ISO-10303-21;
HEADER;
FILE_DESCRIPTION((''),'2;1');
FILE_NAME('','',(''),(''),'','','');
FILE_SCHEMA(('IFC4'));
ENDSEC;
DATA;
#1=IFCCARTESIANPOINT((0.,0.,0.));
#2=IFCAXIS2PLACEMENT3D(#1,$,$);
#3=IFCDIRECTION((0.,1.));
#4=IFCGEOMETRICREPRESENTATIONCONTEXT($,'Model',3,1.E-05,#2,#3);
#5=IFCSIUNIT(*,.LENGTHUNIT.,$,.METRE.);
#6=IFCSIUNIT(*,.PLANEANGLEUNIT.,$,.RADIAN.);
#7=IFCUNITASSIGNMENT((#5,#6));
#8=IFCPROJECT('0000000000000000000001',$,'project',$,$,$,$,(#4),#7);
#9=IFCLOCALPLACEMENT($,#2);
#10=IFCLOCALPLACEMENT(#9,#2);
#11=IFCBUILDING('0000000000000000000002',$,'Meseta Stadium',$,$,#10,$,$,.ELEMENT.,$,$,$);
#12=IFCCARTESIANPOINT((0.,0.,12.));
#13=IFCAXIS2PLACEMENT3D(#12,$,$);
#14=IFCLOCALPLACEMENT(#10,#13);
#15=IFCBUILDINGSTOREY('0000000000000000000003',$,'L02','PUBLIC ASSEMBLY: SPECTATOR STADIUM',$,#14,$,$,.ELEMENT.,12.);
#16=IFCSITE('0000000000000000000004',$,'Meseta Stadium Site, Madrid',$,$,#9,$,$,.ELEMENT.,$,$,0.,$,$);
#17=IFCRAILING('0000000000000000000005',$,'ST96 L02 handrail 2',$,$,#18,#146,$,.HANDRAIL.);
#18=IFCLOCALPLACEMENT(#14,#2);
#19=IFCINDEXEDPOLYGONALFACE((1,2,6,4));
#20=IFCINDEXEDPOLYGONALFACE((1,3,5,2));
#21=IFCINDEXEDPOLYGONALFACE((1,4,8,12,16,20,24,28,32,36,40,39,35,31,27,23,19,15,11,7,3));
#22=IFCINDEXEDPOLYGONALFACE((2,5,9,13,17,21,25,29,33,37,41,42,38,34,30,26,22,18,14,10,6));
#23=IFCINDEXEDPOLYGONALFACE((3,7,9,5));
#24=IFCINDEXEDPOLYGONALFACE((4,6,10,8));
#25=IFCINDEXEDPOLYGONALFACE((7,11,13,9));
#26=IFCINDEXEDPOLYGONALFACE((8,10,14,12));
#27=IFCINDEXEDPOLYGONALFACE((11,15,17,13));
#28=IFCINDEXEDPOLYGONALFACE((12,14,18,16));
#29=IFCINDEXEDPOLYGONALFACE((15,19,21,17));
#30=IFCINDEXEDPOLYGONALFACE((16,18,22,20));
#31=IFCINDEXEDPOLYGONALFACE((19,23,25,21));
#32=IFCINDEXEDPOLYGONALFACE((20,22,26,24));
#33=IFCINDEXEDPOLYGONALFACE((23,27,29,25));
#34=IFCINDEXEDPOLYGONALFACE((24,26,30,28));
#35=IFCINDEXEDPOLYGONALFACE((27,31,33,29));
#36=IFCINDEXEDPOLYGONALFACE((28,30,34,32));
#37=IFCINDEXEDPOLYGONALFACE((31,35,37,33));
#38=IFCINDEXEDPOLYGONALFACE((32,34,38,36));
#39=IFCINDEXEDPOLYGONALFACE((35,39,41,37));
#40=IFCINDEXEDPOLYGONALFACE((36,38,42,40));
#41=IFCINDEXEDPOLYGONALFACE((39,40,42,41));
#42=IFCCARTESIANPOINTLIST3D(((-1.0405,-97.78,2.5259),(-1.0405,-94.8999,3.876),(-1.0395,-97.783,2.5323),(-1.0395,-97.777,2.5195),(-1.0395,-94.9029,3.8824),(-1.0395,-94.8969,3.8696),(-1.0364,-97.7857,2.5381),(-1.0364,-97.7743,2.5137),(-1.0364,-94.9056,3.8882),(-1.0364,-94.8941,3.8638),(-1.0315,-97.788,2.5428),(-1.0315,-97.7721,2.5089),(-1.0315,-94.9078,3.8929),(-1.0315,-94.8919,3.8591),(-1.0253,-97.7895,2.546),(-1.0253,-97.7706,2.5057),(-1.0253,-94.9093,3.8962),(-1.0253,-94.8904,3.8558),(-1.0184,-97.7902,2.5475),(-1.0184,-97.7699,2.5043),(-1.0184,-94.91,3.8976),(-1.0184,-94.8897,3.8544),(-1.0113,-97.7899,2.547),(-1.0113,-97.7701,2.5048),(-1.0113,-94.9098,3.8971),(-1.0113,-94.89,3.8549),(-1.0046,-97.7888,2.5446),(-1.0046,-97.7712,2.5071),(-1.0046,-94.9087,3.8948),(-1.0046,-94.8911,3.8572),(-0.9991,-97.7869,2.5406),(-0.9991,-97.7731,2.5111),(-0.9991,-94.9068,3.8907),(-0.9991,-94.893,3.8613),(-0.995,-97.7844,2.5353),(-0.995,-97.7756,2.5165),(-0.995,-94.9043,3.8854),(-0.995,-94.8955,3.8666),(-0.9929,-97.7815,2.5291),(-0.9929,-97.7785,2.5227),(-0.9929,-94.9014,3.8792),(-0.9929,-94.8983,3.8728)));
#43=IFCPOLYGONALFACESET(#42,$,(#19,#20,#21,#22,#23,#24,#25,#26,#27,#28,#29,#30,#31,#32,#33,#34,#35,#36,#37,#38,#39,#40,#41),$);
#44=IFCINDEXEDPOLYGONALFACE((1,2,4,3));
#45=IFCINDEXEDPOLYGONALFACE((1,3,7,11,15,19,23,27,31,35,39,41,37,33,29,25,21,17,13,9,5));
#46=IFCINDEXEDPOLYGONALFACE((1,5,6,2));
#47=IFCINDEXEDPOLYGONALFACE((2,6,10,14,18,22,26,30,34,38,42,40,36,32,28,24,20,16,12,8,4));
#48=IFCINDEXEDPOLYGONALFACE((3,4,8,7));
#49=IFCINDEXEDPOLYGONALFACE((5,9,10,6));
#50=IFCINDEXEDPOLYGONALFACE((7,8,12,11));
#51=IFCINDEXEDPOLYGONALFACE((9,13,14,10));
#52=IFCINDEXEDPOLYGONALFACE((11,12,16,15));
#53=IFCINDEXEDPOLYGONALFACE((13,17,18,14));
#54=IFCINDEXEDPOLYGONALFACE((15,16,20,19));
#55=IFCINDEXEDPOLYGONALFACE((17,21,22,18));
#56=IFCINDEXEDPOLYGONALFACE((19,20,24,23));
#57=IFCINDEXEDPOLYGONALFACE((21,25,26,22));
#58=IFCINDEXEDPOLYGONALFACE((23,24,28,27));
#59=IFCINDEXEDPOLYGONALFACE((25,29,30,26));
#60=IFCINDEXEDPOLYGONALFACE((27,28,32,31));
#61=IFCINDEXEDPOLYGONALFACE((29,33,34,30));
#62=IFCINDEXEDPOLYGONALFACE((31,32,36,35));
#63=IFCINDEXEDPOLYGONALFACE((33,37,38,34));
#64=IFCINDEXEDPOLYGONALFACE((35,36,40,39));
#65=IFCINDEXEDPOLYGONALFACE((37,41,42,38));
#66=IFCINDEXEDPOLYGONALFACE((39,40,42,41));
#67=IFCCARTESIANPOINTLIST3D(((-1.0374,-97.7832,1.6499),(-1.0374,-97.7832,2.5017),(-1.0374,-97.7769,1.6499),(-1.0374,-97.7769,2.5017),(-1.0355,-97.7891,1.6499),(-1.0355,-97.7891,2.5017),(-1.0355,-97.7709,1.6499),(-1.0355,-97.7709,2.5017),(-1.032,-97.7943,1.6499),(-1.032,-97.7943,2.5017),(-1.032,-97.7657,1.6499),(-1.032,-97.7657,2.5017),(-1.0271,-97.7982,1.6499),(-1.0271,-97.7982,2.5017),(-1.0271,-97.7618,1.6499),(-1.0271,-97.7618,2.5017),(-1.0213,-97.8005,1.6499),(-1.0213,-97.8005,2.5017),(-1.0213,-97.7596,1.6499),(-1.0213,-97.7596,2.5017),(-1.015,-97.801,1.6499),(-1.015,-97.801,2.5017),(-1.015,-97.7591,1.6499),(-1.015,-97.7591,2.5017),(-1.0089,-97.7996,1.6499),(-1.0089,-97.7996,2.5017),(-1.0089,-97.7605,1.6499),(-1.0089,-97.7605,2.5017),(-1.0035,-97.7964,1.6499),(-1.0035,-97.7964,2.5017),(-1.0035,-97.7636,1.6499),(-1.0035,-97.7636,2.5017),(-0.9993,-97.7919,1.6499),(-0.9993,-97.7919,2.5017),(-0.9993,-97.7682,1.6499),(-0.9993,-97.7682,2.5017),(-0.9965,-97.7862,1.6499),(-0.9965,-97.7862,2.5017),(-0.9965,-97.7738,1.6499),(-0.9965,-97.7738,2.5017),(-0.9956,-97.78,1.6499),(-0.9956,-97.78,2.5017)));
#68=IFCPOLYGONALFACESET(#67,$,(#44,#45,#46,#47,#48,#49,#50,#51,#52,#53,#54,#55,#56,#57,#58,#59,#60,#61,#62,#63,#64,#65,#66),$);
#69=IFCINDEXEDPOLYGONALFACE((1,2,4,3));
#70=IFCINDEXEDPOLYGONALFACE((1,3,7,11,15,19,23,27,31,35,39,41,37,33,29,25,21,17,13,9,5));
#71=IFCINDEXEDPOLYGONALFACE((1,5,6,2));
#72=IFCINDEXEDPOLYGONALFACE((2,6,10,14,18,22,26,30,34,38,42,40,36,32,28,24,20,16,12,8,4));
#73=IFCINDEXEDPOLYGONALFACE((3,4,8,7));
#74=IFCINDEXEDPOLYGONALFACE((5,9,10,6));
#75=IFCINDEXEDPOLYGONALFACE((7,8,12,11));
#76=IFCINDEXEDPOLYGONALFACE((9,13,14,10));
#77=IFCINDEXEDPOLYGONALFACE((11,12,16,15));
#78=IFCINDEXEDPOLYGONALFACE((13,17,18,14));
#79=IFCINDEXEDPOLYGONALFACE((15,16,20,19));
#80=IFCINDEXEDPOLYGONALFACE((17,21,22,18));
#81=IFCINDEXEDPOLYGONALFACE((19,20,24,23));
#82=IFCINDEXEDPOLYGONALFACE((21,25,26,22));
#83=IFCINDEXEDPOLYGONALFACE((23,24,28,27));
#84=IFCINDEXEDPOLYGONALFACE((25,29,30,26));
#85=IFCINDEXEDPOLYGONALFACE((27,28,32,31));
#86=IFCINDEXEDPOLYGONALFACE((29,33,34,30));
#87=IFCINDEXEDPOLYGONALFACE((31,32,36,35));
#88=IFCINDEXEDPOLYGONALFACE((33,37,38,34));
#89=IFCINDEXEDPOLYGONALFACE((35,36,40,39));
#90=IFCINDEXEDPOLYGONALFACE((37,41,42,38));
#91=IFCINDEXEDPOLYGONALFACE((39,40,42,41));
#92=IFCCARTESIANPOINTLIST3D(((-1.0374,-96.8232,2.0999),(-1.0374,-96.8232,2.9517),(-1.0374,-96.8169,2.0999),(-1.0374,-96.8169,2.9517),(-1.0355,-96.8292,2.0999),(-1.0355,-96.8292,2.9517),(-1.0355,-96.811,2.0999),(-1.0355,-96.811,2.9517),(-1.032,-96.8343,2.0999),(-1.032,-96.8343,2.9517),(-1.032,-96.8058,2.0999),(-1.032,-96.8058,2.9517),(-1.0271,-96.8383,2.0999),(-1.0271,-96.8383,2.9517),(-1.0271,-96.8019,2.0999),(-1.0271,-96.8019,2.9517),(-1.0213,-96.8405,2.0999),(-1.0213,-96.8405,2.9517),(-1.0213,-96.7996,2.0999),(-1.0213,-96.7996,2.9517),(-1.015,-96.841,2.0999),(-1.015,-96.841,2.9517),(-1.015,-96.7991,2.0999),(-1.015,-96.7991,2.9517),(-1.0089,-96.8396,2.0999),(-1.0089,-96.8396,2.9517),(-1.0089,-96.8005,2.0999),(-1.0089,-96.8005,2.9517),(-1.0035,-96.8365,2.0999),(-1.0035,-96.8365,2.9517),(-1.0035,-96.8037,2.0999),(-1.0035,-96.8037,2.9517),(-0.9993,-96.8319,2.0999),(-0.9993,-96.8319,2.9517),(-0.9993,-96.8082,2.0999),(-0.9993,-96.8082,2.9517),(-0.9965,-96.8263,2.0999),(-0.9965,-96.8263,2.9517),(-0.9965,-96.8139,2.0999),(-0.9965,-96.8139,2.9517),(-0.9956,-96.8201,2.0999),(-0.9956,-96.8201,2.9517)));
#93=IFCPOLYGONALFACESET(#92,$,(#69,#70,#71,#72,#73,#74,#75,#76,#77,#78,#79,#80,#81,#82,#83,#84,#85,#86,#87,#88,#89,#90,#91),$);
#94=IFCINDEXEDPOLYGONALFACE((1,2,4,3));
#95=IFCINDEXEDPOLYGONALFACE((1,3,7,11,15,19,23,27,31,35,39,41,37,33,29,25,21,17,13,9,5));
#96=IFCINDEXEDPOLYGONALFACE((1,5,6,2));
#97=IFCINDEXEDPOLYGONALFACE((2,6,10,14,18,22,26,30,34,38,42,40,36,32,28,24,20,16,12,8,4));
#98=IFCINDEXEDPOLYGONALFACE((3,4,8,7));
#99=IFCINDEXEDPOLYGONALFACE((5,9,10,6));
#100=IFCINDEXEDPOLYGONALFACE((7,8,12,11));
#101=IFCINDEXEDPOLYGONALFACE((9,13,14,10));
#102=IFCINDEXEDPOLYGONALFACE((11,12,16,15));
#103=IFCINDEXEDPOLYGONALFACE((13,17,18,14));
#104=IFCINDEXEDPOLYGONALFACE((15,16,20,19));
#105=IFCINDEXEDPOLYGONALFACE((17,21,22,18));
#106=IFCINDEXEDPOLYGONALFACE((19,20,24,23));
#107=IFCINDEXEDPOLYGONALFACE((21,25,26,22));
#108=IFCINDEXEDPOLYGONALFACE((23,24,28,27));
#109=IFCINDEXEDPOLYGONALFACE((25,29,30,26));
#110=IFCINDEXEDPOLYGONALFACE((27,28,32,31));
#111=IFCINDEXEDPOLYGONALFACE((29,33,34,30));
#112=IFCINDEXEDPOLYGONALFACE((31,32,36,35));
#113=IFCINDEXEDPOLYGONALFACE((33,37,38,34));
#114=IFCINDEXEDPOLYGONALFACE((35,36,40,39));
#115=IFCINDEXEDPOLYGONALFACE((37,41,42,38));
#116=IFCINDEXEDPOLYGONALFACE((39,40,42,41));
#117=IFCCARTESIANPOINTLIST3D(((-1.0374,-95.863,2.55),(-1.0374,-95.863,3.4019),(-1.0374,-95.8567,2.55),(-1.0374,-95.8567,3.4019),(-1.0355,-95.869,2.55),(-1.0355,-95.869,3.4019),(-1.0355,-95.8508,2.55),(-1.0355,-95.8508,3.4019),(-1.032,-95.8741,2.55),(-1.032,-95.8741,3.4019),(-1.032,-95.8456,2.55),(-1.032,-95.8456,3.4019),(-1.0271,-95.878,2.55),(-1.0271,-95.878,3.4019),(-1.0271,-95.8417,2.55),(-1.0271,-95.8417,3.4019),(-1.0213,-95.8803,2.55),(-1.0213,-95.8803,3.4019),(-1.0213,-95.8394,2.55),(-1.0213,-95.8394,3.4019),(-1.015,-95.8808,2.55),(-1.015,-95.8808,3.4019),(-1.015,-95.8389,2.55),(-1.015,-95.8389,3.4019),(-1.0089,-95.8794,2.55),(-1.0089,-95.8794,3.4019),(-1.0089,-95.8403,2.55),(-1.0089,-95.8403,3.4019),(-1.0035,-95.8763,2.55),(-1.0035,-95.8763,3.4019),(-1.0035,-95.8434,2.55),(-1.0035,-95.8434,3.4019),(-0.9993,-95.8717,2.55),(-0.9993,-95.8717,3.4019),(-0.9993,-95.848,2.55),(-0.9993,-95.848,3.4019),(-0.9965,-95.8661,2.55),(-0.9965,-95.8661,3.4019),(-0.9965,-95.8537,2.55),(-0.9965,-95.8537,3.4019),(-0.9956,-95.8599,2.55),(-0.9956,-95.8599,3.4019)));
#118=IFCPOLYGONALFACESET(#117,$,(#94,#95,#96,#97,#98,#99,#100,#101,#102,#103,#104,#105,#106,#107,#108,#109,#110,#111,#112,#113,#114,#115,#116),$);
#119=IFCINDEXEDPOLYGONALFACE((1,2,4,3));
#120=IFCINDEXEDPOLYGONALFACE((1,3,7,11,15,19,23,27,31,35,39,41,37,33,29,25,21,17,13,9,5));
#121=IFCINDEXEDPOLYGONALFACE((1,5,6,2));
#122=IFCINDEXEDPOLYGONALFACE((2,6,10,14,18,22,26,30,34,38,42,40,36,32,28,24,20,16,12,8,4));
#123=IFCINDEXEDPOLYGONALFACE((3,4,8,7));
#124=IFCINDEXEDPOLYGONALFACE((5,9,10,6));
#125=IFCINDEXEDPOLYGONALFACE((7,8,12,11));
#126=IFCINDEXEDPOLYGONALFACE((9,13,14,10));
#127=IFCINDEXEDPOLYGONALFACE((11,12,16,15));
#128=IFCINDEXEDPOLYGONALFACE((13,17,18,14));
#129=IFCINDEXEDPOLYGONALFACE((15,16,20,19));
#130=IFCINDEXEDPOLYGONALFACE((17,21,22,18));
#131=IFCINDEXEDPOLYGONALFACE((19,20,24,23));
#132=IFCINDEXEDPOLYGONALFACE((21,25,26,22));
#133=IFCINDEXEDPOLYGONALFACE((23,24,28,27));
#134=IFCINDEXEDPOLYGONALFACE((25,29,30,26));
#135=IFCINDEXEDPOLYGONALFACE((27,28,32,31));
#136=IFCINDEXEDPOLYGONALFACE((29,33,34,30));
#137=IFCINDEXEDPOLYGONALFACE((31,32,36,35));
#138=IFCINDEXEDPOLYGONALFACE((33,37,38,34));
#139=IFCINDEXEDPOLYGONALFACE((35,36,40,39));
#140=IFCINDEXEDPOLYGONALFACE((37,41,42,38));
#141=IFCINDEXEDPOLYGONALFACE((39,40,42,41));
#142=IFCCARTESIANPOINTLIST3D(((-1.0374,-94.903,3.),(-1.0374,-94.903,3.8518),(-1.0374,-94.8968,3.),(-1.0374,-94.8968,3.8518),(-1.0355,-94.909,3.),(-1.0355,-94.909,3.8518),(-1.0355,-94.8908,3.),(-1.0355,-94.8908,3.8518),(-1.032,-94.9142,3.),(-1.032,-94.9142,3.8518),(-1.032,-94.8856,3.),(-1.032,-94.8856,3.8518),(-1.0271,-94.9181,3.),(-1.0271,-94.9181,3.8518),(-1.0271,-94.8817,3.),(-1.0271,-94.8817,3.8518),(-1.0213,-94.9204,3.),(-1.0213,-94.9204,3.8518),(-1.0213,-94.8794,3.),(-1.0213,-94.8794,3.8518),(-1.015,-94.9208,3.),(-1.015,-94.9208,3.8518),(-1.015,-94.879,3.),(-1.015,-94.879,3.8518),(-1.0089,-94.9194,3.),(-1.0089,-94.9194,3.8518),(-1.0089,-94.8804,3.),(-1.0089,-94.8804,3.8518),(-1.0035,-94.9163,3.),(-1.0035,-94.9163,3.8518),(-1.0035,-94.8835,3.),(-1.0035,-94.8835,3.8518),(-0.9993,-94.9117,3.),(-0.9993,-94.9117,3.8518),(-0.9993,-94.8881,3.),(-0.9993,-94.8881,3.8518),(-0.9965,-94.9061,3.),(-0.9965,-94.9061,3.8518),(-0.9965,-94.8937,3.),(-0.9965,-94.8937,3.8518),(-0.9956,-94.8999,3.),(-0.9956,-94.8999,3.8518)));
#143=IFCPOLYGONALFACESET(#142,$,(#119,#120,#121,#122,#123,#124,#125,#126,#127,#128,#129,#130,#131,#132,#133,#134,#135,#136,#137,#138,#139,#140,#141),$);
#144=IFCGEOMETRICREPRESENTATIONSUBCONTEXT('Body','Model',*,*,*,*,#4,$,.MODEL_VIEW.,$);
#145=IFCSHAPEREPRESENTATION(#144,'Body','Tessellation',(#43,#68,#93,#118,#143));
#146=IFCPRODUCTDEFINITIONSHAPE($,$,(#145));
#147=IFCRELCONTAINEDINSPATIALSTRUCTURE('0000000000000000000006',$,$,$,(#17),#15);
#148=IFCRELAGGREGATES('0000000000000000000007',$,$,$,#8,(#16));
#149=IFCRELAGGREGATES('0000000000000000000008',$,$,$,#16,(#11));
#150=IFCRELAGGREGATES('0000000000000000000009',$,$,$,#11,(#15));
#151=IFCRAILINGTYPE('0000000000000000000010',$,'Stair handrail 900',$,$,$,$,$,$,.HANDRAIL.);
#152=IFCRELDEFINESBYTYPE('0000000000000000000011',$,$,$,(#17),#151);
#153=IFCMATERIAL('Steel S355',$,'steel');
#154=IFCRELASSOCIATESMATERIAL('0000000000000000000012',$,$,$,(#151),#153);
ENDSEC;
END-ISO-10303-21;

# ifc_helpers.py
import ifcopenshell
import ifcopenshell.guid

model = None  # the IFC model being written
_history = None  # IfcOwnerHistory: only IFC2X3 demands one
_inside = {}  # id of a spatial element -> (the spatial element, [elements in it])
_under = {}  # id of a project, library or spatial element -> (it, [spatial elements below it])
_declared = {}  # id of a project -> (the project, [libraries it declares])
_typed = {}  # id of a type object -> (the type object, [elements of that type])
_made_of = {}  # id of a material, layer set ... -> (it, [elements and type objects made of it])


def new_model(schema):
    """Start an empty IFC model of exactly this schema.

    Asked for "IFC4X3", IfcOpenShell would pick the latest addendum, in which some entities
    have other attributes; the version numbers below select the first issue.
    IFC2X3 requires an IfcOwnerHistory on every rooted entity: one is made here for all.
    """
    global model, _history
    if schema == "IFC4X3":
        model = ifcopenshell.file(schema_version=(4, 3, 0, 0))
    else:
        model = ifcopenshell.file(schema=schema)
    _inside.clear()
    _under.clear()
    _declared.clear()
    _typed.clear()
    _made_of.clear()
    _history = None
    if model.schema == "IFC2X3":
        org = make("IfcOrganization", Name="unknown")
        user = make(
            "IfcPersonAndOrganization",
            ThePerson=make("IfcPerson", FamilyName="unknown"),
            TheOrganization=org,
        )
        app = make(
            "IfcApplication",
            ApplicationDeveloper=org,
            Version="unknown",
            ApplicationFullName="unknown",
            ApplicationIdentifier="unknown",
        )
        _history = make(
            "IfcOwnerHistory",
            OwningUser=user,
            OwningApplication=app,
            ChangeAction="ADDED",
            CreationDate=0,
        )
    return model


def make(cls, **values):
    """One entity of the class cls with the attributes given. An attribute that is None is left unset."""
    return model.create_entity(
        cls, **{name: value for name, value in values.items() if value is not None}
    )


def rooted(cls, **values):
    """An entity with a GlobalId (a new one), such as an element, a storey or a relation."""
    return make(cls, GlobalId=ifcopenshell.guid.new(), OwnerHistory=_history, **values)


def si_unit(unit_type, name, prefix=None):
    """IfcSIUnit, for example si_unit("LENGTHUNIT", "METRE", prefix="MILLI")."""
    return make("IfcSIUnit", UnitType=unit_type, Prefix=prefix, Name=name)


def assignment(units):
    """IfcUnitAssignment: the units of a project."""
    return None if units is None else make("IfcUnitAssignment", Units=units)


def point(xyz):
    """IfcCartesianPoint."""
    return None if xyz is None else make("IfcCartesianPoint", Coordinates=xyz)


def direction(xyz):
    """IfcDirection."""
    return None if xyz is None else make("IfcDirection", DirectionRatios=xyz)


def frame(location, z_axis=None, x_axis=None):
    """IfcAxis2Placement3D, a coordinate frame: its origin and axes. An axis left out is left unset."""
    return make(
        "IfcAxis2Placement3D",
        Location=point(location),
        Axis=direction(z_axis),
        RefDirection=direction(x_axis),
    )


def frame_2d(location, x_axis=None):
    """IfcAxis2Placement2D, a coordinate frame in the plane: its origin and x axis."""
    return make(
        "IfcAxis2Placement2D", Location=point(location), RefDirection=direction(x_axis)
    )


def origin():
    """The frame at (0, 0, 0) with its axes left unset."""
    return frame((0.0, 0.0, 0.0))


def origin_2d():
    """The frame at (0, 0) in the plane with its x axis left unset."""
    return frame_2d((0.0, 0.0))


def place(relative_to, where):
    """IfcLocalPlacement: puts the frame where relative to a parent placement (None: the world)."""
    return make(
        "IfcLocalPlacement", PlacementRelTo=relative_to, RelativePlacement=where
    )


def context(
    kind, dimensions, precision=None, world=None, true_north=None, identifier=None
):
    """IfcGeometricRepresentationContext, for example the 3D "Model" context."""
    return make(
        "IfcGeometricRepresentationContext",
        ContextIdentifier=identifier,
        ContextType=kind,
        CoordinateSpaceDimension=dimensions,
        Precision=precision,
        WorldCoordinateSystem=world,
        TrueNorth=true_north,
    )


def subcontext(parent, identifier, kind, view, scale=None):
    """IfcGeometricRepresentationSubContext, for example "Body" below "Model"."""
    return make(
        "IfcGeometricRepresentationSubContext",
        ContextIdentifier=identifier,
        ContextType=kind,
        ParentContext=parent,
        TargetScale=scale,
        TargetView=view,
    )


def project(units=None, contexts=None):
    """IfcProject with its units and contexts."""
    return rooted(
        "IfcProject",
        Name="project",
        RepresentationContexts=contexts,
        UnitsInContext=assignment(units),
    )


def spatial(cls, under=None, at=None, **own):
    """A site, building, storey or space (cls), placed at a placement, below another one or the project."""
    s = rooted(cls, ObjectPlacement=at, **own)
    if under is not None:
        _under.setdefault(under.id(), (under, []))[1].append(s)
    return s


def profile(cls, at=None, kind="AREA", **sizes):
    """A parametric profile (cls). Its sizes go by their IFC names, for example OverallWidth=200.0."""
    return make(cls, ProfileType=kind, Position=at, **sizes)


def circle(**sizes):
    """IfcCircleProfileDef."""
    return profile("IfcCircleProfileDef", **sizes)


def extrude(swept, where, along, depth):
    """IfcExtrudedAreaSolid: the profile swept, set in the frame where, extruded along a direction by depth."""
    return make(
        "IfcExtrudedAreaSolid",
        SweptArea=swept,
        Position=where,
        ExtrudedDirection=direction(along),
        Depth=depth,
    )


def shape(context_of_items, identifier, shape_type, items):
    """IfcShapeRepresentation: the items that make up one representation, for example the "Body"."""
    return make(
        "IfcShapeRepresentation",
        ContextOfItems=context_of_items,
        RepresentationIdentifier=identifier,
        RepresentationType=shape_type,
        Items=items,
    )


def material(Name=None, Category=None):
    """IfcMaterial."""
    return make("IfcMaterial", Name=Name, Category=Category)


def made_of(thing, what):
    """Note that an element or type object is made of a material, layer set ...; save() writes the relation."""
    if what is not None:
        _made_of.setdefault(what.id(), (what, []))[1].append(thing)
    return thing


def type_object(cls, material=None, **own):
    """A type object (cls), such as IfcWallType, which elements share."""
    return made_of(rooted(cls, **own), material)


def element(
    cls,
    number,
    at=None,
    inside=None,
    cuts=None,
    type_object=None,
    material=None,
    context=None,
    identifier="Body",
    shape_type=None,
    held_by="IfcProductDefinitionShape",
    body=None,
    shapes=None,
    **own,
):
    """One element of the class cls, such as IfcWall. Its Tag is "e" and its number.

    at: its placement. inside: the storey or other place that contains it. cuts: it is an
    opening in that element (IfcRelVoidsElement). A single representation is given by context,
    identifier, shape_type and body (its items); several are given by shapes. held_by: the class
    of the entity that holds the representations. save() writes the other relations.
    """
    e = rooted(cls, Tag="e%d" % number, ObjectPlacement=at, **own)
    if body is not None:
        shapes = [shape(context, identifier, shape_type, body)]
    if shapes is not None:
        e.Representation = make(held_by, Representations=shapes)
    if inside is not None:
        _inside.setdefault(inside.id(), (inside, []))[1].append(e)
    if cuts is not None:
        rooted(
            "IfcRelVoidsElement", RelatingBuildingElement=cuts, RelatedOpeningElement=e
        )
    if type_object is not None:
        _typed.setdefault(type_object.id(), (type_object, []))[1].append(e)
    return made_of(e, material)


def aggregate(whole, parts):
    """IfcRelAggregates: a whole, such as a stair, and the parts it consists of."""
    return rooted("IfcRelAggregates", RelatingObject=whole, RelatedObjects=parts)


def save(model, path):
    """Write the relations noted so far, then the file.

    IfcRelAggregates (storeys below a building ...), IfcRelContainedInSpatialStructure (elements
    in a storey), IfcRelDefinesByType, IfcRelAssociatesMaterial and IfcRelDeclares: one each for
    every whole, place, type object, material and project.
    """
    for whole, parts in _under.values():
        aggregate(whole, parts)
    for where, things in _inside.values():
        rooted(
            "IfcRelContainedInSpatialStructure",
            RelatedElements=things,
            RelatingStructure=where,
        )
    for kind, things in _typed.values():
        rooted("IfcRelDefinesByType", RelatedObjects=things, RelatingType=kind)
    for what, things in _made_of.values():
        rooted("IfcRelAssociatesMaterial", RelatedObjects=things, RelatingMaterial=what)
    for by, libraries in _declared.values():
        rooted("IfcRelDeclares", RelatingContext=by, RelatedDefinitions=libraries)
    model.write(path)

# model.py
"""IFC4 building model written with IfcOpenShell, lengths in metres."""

from ifc_helpers import new_model, si_unit, direction, frame, origin, origin_2d, place, context, subcontext, project, spatial, circle, extrude, material, type_object, element, save


model = new_model("IFC4")

# Units and contexts
model_context = context("Model", 3, precision=1e-05, world=origin(), true_north=direction((0.0, 1.0)))
body_context = subcontext(model_context, "Body", "Model", "MODEL_VIEW")
ifc_project = project(units=[si_unit("LENGTHUNIT", "METRE"), si_unit("PLANEANGLEUNIT", "RADIAN")], contexts=[model_context])

# Site, building, storey
site_placement = place(None, origin())
site = spatial("IfcSite", under=ifc_project, at=site_placement, Name="Meseta Stadium Site, Madrid", CompositionType="ELEMENT", RefElevation=0.0)
building_placement = place(site_placement, origin())
building = spatial("IfcBuilding", under=site, at=building_placement, Name="Meseta Stadium", CompositionType="ELEMENT")
storey_placement = place(building_placement, frame((0.0, 0.0, 12.0)))
storey = spatial("IfcBuildingStorey", under=building, at=storey_placement, Name="L02", Description="PUBLIC ASSEMBLY: SPECTATOR STADIUM", CompositionType="ELEMENT", Elevation=12.0)

# Railing
ifc_material_1 = material(Name="Steel S355", Category="steel")
railing_type_1 = type_object("IfcRailingType", Name="Stair handrail 900", PredefinedType="HANDRAIL", material=ifc_material_1)
railing_1_placement = place(storey_placement, frame((-1.0166, -97.78, 1.6499)))
element("IfcRailing", 1, at=railing_1_placement, inside=storey, type_object=railing_type_1, Name="ST96 L02 handrail 2", PredefinedType="HANDRAIL", context=body_context, shape_type="SweptSolid", body=[
    extrude(circle(Radius=0.0239, at=origin_2d()), frame((0.0, 0.0, 0.876), z_axis=(0.0, 0.905454, 0.424444), x_axis=(-1.0, 0.0, 0.0)), (0.0, 0.0, 1.0), 3.1809),
    extrude(circle(Radius=0.021, at=origin_2d()), origin(), (0.0, 0.0, 1.0), 0.8518),
    extrude(circle(Radius=0.021, at=origin_2d()), frame((0.0, 0.96, 0.45)), (0.0, 0.0, 1.0), 0.8518),
    extrude(circle(Radius=0.021, at=origin_2d()), frame((0.0, 1.9202, 0.9001)), (0.0, 0.0, 1.0), 0.8518),
    extrude(circle(Radius=0.021, at=origin_2d()), frame((0.0, 2.8801, 1.3501)), (0.0, 0.0, 1.0), 0.8518),
])

save(model, "model.ifc")
